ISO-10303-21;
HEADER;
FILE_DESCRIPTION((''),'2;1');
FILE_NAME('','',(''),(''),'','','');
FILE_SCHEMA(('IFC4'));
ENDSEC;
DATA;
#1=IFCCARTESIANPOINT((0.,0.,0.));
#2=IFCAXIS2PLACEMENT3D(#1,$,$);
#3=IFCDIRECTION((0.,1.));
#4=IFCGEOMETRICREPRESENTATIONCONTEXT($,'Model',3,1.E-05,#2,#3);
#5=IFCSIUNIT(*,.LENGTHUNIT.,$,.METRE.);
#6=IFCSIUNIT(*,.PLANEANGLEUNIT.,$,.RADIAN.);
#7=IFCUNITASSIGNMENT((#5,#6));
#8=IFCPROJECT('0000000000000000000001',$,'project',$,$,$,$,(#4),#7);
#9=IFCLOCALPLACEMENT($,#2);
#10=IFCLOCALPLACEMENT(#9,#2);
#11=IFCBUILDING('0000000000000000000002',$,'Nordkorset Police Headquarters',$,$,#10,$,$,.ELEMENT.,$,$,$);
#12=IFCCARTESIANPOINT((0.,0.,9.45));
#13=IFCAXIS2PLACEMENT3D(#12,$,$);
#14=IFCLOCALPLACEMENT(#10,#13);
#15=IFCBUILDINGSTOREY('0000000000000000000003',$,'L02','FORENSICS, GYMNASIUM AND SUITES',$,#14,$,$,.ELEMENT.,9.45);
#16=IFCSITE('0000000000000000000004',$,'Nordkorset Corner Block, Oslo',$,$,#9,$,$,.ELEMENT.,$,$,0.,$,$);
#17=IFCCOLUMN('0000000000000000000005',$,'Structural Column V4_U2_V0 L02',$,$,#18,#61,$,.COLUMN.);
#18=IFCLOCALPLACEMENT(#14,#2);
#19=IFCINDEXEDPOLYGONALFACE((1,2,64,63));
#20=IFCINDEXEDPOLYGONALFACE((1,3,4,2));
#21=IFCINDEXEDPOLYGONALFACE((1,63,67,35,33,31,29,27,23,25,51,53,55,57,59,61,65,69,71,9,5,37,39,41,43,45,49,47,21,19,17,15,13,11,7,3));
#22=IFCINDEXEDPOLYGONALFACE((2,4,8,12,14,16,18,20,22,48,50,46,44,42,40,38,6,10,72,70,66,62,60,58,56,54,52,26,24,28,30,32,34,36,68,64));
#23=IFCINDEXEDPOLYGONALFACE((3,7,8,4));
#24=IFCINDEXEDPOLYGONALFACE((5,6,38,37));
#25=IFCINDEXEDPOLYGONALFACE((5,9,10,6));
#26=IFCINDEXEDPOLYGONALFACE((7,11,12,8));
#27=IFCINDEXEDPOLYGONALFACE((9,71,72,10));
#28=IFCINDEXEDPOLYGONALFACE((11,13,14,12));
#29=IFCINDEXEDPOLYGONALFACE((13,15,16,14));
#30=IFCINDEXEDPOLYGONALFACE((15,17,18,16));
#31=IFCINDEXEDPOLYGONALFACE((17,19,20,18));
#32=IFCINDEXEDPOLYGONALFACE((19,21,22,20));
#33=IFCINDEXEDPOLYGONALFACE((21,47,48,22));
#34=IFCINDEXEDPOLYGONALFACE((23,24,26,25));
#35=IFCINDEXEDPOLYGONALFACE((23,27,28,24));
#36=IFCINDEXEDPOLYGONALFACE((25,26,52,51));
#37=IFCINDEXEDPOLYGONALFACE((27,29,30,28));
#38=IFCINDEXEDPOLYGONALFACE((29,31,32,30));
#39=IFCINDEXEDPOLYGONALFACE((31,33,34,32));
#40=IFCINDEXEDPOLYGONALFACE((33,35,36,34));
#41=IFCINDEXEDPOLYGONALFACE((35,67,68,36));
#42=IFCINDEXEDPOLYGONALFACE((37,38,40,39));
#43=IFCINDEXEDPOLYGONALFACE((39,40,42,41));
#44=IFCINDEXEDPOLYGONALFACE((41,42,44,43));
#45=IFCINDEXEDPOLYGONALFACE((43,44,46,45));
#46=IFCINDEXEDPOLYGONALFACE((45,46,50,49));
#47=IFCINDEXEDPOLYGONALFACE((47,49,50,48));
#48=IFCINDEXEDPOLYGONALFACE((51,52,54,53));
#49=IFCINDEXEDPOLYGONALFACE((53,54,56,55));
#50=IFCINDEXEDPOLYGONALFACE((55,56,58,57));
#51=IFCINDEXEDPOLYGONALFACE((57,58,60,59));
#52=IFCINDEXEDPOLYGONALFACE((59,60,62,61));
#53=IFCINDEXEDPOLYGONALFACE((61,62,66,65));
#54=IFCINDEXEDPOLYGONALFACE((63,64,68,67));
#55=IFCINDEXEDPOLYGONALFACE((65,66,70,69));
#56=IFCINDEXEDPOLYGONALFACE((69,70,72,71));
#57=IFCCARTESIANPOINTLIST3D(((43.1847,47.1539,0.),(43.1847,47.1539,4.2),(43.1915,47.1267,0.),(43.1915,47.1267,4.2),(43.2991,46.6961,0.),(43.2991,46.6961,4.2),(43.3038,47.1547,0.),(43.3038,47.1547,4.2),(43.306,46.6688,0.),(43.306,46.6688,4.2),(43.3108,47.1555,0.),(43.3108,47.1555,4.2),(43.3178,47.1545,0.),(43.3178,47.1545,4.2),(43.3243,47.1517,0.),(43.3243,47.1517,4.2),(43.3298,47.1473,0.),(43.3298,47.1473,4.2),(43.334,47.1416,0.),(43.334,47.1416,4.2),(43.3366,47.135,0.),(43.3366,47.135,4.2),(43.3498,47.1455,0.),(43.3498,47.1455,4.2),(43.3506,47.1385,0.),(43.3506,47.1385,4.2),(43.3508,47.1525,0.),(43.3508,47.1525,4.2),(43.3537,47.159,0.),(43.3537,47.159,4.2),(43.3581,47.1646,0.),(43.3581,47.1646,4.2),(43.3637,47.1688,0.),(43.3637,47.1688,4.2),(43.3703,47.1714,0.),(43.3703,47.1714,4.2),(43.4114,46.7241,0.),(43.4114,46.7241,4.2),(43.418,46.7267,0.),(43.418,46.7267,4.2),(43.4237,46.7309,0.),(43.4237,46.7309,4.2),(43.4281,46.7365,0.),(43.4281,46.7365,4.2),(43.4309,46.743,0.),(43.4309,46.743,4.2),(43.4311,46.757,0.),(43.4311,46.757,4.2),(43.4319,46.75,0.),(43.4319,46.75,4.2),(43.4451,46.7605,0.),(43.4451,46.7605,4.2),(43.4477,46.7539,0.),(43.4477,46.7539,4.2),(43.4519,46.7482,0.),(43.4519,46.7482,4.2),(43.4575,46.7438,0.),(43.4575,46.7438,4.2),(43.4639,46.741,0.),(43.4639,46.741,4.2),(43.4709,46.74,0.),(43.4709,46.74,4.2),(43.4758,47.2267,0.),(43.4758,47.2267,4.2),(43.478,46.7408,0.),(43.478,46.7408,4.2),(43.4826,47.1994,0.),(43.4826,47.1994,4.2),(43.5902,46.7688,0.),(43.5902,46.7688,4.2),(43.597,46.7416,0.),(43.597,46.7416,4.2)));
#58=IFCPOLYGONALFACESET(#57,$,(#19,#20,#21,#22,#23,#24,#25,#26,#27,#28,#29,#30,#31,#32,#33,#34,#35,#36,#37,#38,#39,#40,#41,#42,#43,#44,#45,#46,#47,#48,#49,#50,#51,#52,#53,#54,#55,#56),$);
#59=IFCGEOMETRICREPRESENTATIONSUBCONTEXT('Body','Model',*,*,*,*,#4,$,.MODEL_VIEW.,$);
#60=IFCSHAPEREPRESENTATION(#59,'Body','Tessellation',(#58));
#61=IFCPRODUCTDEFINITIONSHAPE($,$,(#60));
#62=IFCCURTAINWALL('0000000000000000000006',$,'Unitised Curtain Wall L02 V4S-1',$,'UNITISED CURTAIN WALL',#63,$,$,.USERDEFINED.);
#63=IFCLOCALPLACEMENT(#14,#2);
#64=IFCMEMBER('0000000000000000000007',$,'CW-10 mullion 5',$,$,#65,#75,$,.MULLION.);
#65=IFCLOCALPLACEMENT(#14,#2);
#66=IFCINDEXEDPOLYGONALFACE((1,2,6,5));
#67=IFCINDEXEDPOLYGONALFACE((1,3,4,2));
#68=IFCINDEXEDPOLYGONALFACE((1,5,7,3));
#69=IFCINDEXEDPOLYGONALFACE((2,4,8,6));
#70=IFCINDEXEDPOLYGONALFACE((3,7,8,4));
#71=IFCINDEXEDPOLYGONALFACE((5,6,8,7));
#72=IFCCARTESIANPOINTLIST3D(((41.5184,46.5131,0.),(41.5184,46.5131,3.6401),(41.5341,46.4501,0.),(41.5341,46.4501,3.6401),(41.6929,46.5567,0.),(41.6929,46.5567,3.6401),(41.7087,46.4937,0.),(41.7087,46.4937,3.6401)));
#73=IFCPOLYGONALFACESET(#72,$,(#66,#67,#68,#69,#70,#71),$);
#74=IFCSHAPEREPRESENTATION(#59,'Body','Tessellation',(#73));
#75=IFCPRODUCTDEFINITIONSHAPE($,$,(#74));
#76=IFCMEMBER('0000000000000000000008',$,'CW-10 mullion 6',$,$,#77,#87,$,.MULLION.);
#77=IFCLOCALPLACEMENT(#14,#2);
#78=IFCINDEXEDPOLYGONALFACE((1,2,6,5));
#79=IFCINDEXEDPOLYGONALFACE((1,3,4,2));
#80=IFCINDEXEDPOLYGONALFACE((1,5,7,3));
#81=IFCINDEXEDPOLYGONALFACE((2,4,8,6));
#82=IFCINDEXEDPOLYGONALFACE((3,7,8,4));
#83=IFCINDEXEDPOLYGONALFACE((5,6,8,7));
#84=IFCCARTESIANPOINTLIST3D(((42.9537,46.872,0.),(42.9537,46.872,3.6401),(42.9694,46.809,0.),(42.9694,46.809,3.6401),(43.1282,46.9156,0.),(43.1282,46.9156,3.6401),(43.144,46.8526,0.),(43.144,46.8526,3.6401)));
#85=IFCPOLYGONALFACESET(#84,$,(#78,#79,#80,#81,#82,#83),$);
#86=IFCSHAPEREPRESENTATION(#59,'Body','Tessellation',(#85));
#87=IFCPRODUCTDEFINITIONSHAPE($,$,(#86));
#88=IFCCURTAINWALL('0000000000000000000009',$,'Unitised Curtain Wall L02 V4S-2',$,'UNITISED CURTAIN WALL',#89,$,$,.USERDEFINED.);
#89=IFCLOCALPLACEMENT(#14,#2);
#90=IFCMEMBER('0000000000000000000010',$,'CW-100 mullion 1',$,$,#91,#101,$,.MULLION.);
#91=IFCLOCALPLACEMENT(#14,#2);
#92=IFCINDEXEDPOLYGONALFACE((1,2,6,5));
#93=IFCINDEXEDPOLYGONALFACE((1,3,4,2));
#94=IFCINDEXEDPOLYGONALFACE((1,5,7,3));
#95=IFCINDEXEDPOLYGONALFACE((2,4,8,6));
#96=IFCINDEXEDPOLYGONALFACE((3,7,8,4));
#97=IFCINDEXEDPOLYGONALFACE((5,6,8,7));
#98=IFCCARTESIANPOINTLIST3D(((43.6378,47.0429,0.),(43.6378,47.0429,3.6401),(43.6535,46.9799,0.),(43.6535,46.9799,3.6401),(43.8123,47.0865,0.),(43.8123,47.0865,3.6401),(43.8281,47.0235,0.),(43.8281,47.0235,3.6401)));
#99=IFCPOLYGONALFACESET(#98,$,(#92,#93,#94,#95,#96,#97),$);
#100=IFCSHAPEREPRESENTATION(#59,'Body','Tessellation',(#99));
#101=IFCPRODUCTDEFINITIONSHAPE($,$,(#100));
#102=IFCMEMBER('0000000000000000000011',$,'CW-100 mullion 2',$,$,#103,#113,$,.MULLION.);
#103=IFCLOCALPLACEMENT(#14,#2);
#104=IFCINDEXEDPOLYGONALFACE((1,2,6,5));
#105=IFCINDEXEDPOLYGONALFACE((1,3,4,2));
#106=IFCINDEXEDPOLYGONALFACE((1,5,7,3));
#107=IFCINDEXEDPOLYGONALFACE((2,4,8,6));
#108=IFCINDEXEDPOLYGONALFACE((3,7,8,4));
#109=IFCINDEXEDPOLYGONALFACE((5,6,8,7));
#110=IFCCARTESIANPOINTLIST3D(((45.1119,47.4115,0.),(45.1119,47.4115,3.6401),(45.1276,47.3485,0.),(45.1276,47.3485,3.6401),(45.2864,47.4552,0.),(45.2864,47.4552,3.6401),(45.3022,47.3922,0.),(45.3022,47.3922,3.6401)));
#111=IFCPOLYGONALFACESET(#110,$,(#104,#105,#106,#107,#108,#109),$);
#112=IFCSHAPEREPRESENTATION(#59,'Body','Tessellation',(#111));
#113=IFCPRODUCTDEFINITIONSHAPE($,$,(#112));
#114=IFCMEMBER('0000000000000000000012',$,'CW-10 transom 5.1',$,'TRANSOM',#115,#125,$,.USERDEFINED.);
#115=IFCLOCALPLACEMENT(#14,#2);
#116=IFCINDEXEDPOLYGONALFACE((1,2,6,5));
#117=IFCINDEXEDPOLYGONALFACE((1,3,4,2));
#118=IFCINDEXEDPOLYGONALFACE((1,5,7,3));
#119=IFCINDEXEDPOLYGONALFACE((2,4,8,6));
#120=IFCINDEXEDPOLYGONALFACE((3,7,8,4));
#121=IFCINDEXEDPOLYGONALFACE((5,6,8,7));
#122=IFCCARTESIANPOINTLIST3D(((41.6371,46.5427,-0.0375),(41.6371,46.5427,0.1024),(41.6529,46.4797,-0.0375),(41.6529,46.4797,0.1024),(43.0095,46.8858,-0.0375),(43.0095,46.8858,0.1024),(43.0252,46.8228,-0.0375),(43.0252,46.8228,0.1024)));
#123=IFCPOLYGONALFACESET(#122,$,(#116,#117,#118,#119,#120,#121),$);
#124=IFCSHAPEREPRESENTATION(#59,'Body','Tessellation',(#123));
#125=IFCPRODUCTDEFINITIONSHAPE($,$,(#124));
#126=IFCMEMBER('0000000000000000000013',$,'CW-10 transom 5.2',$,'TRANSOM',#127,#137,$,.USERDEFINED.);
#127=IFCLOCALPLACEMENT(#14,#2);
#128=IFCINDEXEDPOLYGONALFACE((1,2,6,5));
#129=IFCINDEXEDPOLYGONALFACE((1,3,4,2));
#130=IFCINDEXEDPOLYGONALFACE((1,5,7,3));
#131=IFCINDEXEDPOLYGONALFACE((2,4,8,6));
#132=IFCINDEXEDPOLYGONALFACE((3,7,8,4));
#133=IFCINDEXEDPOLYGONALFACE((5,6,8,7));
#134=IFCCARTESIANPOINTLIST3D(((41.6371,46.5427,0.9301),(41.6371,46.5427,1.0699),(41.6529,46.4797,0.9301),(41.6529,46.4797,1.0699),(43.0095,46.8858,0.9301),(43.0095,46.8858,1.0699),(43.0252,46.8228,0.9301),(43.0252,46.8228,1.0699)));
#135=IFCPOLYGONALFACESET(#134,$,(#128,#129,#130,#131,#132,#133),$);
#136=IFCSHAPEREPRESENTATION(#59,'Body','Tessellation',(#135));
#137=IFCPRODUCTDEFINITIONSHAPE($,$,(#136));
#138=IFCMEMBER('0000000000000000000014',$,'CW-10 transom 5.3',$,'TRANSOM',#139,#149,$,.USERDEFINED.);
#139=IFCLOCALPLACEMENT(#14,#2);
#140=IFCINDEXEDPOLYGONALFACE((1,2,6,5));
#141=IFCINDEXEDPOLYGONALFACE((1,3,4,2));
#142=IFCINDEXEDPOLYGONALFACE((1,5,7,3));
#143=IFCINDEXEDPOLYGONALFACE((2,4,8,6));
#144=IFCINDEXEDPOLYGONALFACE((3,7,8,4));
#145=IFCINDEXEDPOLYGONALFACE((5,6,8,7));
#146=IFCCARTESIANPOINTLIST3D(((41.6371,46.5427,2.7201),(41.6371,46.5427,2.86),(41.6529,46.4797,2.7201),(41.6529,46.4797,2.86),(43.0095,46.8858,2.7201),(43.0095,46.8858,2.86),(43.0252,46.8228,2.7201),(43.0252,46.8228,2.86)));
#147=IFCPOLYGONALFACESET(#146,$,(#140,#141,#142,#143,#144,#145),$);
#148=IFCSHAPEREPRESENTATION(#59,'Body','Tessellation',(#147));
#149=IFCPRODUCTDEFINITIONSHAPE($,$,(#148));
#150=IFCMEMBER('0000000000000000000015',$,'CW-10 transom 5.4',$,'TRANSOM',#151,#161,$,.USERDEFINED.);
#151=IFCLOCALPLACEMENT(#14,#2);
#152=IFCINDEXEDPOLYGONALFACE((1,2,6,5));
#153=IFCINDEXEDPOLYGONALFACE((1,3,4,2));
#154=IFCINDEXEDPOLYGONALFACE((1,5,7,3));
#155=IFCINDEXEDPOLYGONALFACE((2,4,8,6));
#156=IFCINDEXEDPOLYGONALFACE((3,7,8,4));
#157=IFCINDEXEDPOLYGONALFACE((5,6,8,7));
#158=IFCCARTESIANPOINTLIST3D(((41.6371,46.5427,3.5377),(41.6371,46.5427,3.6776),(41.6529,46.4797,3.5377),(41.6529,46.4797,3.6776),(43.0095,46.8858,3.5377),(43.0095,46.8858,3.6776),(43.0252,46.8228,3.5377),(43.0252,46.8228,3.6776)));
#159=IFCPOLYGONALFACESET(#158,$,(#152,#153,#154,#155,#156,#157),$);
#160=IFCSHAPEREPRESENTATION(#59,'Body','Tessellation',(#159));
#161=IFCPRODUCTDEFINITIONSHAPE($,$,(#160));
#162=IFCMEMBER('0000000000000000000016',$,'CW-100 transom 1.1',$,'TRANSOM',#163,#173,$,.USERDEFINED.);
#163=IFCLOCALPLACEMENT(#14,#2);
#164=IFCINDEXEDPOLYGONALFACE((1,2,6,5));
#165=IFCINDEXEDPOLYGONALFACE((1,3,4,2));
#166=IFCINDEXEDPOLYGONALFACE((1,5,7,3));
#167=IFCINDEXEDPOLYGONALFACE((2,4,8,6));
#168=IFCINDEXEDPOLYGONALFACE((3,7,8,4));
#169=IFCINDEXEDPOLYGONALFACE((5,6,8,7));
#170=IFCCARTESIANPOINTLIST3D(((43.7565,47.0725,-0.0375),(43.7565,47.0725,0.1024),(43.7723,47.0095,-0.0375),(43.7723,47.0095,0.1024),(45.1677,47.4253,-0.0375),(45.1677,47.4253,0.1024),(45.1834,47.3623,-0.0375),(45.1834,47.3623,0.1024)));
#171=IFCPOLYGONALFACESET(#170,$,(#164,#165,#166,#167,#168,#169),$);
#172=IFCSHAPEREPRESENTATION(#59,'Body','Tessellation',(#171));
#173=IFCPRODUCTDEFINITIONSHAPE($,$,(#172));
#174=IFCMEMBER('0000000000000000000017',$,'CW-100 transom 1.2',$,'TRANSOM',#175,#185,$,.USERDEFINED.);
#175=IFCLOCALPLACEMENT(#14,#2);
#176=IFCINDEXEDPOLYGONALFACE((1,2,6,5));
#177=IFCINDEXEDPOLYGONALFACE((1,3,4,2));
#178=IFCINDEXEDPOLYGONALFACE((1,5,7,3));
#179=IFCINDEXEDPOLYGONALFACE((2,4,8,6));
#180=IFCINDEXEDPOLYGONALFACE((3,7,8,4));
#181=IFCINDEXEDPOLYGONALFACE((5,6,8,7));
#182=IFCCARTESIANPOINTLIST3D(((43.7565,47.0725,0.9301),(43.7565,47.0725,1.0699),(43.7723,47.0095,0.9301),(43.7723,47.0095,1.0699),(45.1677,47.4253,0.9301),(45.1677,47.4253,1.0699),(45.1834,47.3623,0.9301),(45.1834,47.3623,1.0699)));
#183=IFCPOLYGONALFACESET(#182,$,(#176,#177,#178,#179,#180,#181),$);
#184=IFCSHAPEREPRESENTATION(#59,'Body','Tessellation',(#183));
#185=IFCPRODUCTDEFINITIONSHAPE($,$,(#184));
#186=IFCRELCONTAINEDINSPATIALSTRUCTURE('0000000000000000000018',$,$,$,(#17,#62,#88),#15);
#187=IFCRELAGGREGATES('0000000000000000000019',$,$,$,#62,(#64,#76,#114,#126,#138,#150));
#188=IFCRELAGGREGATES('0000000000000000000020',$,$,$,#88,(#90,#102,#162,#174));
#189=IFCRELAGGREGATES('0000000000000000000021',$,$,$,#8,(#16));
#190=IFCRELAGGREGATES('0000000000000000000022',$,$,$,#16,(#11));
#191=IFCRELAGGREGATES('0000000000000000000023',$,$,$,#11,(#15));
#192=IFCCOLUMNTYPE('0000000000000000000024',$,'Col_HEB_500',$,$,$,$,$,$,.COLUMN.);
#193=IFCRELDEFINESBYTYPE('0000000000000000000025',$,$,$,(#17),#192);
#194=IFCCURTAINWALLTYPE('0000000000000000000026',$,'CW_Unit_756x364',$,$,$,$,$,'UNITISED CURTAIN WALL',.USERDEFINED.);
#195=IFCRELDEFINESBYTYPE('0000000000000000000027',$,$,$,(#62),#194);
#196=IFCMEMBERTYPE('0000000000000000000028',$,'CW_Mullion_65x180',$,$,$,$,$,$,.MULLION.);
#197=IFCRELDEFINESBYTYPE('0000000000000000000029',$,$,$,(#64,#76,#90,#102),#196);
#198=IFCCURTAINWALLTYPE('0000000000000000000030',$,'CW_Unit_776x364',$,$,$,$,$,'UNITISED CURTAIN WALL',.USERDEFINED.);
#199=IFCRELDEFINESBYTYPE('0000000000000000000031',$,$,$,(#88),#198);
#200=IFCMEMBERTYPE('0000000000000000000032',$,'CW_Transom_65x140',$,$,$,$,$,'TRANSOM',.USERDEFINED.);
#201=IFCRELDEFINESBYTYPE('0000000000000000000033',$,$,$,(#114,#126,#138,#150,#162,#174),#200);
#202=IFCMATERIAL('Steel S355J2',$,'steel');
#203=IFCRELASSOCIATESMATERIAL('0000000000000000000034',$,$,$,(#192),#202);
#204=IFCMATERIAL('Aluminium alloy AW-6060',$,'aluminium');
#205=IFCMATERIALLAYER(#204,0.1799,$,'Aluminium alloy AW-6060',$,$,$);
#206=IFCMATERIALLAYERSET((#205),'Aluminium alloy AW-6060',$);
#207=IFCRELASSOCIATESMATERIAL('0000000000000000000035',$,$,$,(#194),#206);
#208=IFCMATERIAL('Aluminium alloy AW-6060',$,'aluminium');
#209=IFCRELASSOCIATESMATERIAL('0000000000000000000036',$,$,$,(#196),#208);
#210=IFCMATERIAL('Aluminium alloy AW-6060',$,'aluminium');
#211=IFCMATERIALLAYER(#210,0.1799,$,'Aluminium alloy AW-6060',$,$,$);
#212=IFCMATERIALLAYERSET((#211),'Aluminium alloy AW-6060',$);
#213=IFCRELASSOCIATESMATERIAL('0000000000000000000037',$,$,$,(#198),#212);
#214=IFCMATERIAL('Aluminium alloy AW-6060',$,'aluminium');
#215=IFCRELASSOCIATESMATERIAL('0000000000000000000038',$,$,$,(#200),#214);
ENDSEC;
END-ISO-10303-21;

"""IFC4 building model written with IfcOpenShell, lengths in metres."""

from ifc_helpers import new_model, si_unit, direction, frame, origin, origin_2d, place, context, subcontext, project, spatial, rectangle, i_section, extrude, material, layer, layer_set, material_profile, profile_set, type_object, element, aggregate, save


model = new_model("IFC4")

# Units and contexts
model_context = context("Model", 3, precision=1e-05, world=origin(), true_north=direction((0.0, 1.0)))
body_context = subcontext(model_context, "Body", "Model", "MODEL_VIEW")
ifc_project = project(units=[si_unit("LENGTHUNIT", "METRE"), si_unit("PLANEANGLEUNIT", "RADIAN")], contexts=[model_context])

# Site, building, storey
site_placement = place(None, origin())
site = spatial("IfcSite", under=ifc_project, at=site_placement, Name="Nordkorset Corner Block, Oslo", CompositionType="ELEMENT", RefElevation=0.0)
building_placement = place(site_placement, origin())
building = spatial("IfcBuilding", under=site, at=building_placement, Name="Nordkorset Police Headquarters", CompositionType="ELEMENT")
storey_placement = place(building_placement, frame((0.0, 0.0, 9.45)))
storey = spatial("IfcBuildingStorey", under=building, at=storey_placement, Name="L02", Description="FORENSICS, GYMNASIUM AND SUITES", CompositionType="ELEMENT", Elevation=9.45)

# Column
ifc_material_1 = material(Name="Steel S355J2", Category="steel")
ifc_material_profile_1 = material_profile(ifc_material_1, i_section(OverallWidth=0.3, OverallDepth=0.5, WebThickness=0.0144, FlangeThickness=0.0281, FilletRadius=0.0271, at=origin_2d()), Name="HEB 500")
ifc_profile_set_1 = profile_set([ifc_material_profile_1], Name="Steel S355J2")
column_type = type_object("IfcColumnType", Name="Col_HEB_500", PredefinedType="COLUMN", material=ifc_profile_set_1)
column_placement = place(storey_placement, frame((43.3909, 46.9478, 0.0), z_axis=(0.0, 0.0, 1.0), x_axis=(0.970143, 0.242536, 0.0)))
element("IfcColumn", 1, at=column_placement, inside=storey, type_object=column_type, Name="Structural Column V4_U2_V0 L02", PredefinedType="COLUMN", context=body_context, shape_type="SweptSolid", body=[
    extrude(i_section(OverallWidth=0.3, OverallDepth=0.5, WebThickness=0.0144, FlangeThickness=0.0281, FilletRadius=0.0271, at=origin_2d()), origin(), (0.0, 0.0, 1.0), 4.2),
])

# Curtain walls, members
ifc_material_2 = material(Name="Aluminium alloy AW-6060", Category="aluminium")
ifc_layer_1 = layer(ifc_material_2, 0.1799, Name="Aluminium alloy AW-6060")
ifc_layer_set_1 = layer_set([ifc_layer_1], Name="Aluminium alloy AW-6060")
curtain_wall_type_1 = type_object("IfcCurtainWallType", Name="CW_Unit_756x364", ElementType="UNITISED CURTAIN WALL", PredefinedType="USERDEFINED", material=ifc_layer_set_1)
curtain_wall_1_placement = place(storey_placement, origin())
curtain_wall_1 = element("IfcCurtainWall", 2, at=curtain_wall_1_placement, inside=storey, type_object=curtain_wall_type_1, Name="Unitised Curtain Wall L02 V4S-1", ObjectType="UNITISED CURTAIN WALL", PredefinedType="USERDEFINED")
ifc_material_3 = material(Name="Aluminium alloy AW-6060", Category="aluminium")
ifc_material_profile_2 = material_profile(ifc_material_3, rectangle(XDim=0.0649, YDim=0.1799, at=origin_2d()), Name="ALU MULL 65x180")
ifc_profile_set_2 = profile_set([ifc_material_profile_2], Name="Aluminium alloy AW-6060")
member_type_1 = type_object("IfcMemberType", Name="CW_Mullion_65x180", PredefinedType="MULLION", material=ifc_profile_set_2)
member_1_placement = place(storey_placement, frame((41.6135, 46.5034, 0.0), z_axis=(0.0, 0.0, 1.0), x_axis=(-0.242536, 0.970143, 0.0)))
member_1 = element("IfcMember", 3, at=member_1_placement, type_object=member_type_1, Name="CW-10 mullion 5", PredefinedType="MULLION", context=body_context, shape_type="SweptSolid", body=[
    extrude(rectangle(XDim=0.0649, YDim=0.1799, at=origin_2d()), origin(), (0.0, 0.0, 1.0), 3.6401),
])
member_2_placement = place(storey_placement, frame((43.0488, 46.8623, 0.0), z_axis=(0.0, 0.0, 1.0), x_axis=(-0.242536, 0.970143, 0.0)))
member_2 = element("IfcMember", 4, at=member_2_placement, type_object=member_type_1, Name="CW-10 mullion 6", PredefinedType="MULLION", context=body_context, shape_type="SweptSolid", body=[
    extrude(rectangle(XDim=0.0649, YDim=0.1799, at=origin_2d()), origin(), (0.0, 0.0, 1.0), 3.6401),
])
ifc_material_4 = material(Name="Aluminium alloy AW-6060", Category="aluminium")
ifc_layer_2 = layer(ifc_material_4, 0.1799, Name="Aluminium alloy AW-6060")
ifc_layer_set_2 = layer_set([ifc_layer_2], Name="Aluminium alloy AW-6060")
curtain_wall_type_2 = type_object("IfcCurtainWallType", Name="CW_Unit_776x364", ElementType="UNITISED CURTAIN WALL", PredefinedType="USERDEFINED", material=ifc_layer_set_2)
curtain_wall_2_placement = place(storey_placement, origin())
curtain_wall_2 = element("IfcCurtainWall", 5, at=curtain_wall_2_placement, inside=storey, type_object=curtain_wall_type_2, Name="Unitised Curtain Wall L02 V4S-2", ObjectType="UNITISED CURTAIN WALL", PredefinedType="USERDEFINED")
member_3_placement = place(storey_placement, frame((43.7329, 47.0332, 0.0), z_axis=(0.0, 0.0, 1.0), x_axis=(-0.242535, 0.970143, 0.0)))
member_3 = element("IfcMember", 6, at=member_3_placement, type_object=member_type_1, Name="CW-100 mullion 1", PredefinedType="MULLION", context=body_context, shape_type="SweptSolid", body=[
    extrude(rectangle(XDim=0.0649, YDim=0.1799, at=origin_2d()), origin(), (0.0, 0.0, 1.0), 3.6401),
])
member_4_placement = place(storey_placement, frame((45.207, 47.4019, 0.0), z_axis=(0.0, 0.0, 1.0), x_axis=(-0.242535, 0.970143, 0.0)))
member_4 = element("IfcMember", 7, at=member_4_placement, type_object=member_type_1, Name="CW-100 mullion 2", PredefinedType="MULLION", context=body_context, shape_type="SweptSolid", body=[
    extrude(rectangle(XDim=0.0649, YDim=0.1799, at=origin_2d()), origin(), (0.0, 0.0, 1.0), 3.6401),
])

# Members
ifc_material_5 = material(Name="Aluminium alloy AW-6060", Category="aluminium")
ifc_material_profile_3 = material_profile(ifc_material_5, rectangle(XDim=0.0649, YDim=0.1399, at=origin_2d()), Name="ALU TRAN 65x140")
ifc_profile_set_3 = profile_set([ifc_material_profile_3], Name="Aluminium alloy AW-6060")
member_type_2 = type_object("IfcMemberType", Name="CW_Transom_65x140", ElementType="TRANSOM", PredefinedType="USERDEFINED", material=ifc_profile_set_3)
member_5_placement = place(storey_placement, frame((41.645, 46.5112, 0.0325), z_axis=(0.970153, 0.242495, 0.0), x_axis=(-0.242495, 0.970153, 0.0)))
member_5 = element("IfcMember", 8, at=member_5_placement, type_object=member_type_2, Name="CW-10 transom 5.1", ObjectType="TRANSOM", PredefinedType="USERDEFINED", context=body_context, shape_type="SweptSolid", body=[
    extrude(rectangle(XDim=0.0649, YDim=0.1399, at=origin_2d()), origin(), (0.0, 0.0, 1.0), 1.4146),
])
member_6_placement = place(storey_placement, frame((41.645, 46.5112, 1.0), z_axis=(0.970153, 0.242495, 0.0), x_axis=(-0.242495, 0.970153, 0.0)))
member_6 = element("IfcMember", 9, at=member_6_placement, type_object=member_type_2, Name="CW-10 transom 5.2", ObjectType="TRANSOM", PredefinedType="USERDEFINED", context=body_context, shape_type="SweptSolid", body=[
    extrude(rectangle(XDim=0.0649, YDim=0.1399, at=origin_2d()), origin(), (0.0, 0.0, 1.0), 1.4146),
])
member_7_placement = place(storey_placement, frame((41.645, 46.5112, 2.79), z_axis=(0.970153, 0.242495, 0.0), x_axis=(-0.242495, 0.970153, 0.0)))
member_7 = element("IfcMember", 10, at=member_7_placement, type_object=member_type_2, Name="CW-10 transom 5.3", ObjectType="TRANSOM", PredefinedType="USERDEFINED", context=body_context, shape_type="SweptSolid", body=[
    extrude(rectangle(XDim=0.0649, YDim=0.1399, at=origin_2d()), origin(), (0.0, 0.0, 1.0), 1.4146),
])
member_8_placement = place(storey_placement, frame((41.645, 46.5112, 3.6077), z_axis=(0.970153, 0.242495, 0.0), x_axis=(-0.242495, 0.970153, 0.0)))
member_8 = element("IfcMember", 11, at=member_8_placement, type_object=member_type_2, Name="CW-10 transom 5.4", ObjectType="TRANSOM", PredefinedType="USERDEFINED", context=body_context, shape_type="SweptSolid", body=[
    extrude(rectangle(XDim=0.0649, YDim=0.1399, at=origin_2d()), origin(), (0.0, 0.0, 1.0), 1.4146),
])
member_9_placement = place(storey_placement, frame((43.7644, 47.041, 0.0325), z_axis=(0.970143, 0.242536, 0.0), x_axis=(-0.242536, 0.970143, 0.0)))
member_9 = element("IfcMember", 12, at=member_9_placement, type_object=member_type_2, Name="CW-100 transom 1.1", ObjectType="TRANSOM", PredefinedType="USERDEFINED", context=body_context, shape_type="SweptSolid", body=[
    extrude(rectangle(XDim=0.0649, YDim=0.1399, at=origin_2d()), origin(), (0.0, 0.0, 1.0), 1.4546),
])
member_10_placement = place(storey_placement, frame((43.7644, 47.041, 1.0), z_axis=(0.970143, 0.242536, 0.0), x_axis=(-0.242536, 0.970143, 0.0)))
member_10 = element("IfcMember", 13, at=member_10_placement, type_object=member_type_2, Name="CW-100 transom 1.2", ObjectType="TRANSOM", PredefinedType="USERDEFINED", context=body_context, shape_type="SweptSolid", body=[
    extrude(rectangle(XDim=0.0649, YDim=0.1399, at=origin_2d()), origin(), (0.0, 0.0, 1.0), 1.4546),
])

aggregate(curtain_wall_1, [member_1, member_2, member_5, member_6, member_7, member_8])
aggregate(curtain_wall_2, [member_3, member_4, member_9, member_10])

save(model, "model.ifc")
